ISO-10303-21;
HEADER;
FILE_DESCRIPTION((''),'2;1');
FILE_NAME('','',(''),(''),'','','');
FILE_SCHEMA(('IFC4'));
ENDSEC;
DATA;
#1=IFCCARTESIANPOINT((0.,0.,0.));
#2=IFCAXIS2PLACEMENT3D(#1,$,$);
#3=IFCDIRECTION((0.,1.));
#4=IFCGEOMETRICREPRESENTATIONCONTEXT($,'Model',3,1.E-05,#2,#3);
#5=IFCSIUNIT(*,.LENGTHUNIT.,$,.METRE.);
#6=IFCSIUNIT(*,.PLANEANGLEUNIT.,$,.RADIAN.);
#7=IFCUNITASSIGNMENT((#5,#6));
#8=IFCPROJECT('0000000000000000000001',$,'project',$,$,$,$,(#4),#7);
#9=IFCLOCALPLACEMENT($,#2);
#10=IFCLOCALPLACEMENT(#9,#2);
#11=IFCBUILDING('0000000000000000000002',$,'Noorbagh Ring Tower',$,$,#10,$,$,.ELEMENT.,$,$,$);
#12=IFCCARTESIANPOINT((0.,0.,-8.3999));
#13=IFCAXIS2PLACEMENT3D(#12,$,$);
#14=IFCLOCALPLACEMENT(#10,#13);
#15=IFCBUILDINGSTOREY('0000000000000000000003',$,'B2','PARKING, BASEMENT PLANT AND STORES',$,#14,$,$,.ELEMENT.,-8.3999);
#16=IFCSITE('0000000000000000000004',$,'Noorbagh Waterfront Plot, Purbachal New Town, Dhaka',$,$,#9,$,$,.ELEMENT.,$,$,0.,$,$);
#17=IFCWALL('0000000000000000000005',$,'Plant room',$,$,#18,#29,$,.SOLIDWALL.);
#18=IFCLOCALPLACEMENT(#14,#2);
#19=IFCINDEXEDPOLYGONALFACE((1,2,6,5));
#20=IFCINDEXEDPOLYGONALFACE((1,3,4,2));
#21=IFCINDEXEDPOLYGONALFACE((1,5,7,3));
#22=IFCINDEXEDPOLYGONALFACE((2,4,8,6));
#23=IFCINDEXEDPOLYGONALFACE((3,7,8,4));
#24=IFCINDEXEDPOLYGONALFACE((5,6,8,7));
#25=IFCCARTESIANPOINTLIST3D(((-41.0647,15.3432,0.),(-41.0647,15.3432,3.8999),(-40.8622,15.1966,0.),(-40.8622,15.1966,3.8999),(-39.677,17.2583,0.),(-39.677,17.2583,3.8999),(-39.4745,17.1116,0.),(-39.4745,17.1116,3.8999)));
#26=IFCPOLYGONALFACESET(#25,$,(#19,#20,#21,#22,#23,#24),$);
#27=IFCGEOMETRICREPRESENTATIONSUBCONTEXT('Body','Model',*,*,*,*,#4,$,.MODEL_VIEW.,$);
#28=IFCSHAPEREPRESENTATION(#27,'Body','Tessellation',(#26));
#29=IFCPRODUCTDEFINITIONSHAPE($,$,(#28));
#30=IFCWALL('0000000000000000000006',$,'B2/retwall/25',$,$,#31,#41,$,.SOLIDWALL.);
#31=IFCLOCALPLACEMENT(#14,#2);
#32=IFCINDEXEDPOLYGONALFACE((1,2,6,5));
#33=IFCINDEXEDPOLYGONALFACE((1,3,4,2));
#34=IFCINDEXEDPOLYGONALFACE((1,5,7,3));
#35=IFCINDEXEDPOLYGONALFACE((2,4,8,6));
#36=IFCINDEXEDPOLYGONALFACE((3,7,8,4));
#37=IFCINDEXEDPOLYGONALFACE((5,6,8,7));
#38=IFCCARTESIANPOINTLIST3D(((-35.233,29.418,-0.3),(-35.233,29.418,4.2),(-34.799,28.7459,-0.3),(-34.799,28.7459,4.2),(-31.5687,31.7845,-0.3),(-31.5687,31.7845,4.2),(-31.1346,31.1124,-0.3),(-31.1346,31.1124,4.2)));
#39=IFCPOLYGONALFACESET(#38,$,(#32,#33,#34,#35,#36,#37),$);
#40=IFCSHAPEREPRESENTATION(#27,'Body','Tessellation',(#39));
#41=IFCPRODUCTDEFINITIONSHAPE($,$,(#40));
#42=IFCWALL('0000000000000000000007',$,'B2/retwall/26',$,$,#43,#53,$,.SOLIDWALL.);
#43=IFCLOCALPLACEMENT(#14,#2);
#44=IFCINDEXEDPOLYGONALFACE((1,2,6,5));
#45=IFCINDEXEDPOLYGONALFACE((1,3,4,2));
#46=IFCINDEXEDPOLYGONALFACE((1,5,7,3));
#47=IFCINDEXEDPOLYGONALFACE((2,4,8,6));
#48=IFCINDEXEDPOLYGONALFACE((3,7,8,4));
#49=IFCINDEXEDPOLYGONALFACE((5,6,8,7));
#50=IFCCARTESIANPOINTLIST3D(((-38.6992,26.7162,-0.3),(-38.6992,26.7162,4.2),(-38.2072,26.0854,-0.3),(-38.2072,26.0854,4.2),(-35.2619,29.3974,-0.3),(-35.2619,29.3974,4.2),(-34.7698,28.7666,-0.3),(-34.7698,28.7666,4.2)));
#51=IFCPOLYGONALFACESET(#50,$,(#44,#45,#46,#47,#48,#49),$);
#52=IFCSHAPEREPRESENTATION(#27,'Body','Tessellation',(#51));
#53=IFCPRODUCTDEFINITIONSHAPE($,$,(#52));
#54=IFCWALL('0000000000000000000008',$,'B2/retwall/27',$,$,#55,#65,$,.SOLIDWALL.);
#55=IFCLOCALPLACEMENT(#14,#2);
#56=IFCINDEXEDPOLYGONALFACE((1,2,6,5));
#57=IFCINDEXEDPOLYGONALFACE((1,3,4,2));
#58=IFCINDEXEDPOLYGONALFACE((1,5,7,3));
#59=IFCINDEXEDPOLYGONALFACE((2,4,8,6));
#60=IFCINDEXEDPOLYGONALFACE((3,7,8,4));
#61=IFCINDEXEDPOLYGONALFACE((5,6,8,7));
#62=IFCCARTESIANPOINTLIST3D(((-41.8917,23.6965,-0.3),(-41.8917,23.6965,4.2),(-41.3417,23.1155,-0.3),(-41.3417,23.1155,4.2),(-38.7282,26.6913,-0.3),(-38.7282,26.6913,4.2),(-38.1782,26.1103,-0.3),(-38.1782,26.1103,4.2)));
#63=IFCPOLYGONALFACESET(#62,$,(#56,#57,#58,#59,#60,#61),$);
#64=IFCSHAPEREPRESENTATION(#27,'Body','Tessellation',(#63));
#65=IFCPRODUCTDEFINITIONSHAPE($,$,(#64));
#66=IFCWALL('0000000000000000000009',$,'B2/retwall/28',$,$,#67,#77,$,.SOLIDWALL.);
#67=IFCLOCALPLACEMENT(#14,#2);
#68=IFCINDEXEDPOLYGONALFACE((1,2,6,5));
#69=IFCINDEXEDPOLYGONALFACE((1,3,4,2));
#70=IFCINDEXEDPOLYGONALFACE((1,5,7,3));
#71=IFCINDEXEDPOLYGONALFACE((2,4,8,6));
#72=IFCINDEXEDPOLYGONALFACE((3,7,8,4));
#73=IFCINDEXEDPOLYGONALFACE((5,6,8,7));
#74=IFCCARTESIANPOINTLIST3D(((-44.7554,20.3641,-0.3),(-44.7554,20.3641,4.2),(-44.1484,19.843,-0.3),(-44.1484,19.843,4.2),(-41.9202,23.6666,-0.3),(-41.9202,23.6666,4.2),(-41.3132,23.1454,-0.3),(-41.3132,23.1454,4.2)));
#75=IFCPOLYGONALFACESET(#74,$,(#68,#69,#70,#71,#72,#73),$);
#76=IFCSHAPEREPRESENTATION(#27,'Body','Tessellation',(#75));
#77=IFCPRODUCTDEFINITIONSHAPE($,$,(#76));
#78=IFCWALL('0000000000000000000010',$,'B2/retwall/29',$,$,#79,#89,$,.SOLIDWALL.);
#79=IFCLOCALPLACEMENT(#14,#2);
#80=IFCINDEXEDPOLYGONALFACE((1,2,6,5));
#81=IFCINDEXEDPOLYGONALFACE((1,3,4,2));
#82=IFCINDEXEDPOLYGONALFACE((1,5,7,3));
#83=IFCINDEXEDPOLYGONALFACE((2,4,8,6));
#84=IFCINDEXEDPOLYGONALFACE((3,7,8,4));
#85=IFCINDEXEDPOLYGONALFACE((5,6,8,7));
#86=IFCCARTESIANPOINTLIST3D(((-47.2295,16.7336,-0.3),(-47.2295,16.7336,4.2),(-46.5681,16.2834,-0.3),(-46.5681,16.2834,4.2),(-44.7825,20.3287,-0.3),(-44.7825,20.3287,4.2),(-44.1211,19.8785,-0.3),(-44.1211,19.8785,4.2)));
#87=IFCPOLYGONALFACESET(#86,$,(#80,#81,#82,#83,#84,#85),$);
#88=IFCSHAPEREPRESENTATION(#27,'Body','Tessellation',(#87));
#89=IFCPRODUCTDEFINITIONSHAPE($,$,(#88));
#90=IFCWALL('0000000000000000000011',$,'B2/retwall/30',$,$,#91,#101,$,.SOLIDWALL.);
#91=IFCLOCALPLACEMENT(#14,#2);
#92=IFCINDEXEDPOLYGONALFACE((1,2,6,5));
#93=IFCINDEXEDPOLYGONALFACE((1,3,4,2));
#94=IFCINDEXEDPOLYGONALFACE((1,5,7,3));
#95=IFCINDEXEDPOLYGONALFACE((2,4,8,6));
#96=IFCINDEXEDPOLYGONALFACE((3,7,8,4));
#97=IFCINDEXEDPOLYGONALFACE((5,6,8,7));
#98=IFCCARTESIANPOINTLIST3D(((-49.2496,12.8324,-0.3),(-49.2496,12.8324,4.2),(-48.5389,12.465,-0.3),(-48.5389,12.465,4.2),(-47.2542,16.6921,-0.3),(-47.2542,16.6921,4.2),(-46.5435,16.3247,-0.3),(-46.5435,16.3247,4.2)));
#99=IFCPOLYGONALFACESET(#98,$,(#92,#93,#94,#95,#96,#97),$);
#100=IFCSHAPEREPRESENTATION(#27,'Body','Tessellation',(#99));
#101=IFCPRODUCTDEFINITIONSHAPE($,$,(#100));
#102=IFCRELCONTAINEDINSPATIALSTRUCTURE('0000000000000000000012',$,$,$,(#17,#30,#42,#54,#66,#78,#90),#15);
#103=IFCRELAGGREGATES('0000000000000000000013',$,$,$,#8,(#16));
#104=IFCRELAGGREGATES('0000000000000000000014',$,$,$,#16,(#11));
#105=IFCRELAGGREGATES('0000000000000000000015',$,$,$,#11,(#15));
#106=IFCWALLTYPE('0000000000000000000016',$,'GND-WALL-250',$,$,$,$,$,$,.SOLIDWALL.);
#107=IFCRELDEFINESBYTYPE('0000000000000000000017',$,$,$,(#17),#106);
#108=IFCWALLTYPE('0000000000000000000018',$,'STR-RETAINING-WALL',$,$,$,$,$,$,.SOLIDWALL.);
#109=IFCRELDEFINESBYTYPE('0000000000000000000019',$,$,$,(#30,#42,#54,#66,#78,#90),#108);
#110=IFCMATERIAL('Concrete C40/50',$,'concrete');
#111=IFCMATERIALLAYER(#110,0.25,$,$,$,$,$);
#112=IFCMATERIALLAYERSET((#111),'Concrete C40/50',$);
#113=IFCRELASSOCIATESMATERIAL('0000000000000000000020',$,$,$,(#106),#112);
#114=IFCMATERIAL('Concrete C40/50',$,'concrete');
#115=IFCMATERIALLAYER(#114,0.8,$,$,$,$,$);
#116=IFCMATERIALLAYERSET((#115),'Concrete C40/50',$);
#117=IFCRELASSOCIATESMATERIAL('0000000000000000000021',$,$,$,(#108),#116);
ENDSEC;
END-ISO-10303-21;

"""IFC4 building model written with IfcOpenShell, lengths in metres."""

from ifc_helpers import new_model, si_unit, direction, frame, frame_2d, origin, place, context, subcontext, project, spatial, rectangle, extrude, material, layer, layer_set, type_object, element, save


model = new_model("IFC4")

# Units and contexts
model_context = context("Model", 3, precision=1e-05, world=origin(), true_north=direction((0.0, 1.0)))
body_context = subcontext(model_context, "Body", "Model", "MODEL_VIEW")
ifc_project = project(units=[si_unit("LENGTHUNIT", "METRE"), si_unit("PLANEANGLEUNIT", "RADIAN")], contexts=[model_context])

# Site, building, storey
site_placement = place(None, origin())
site = spatial("IfcSite", under=ifc_project, at=site_placement, Name="Noorbagh Waterfront Plot, Purbachal New Town, Dhaka", CompositionType="ELEMENT", RefElevation=0.0)
building_placement = place(site_placement, origin())
building = spatial("IfcBuilding", under=site, at=building_placement, Name="Noorbagh Ring Tower", CompositionType="ELEMENT")
storey_placement = place(building_placement, frame((0.0, 0.0, -8.3999)))
storey = spatial("IfcBuildingStorey", under=building, at=storey_placement, Name="B2", Description="PARKING, BASEMENT PLANT AND STORES", CompositionType="ELEMENT", Elevation=-8.3999)

# Shared definitions
ifc_material_1 = material(Name="Concrete C40/50", Category="concrete")
ifc_layer_1 = layer(ifc_material_1, 0.25)
ifc_layer_set_1 = layer_set([ifc_layer_1], Name="Concrete C40/50")
wall_type_1 = type_object("IfcWallType", Name="GND-WALL-250", PredefinedType="SOLIDWALL", material=ifc_layer_set_1)

# Walls
wall_1_placement = place(storey_placement, frame((-39.5757, 17.1851, 0.0), z_axis=(0.0, 0.0, 1.0), x_axis=(-0.586771, -0.809753, 0.0)))
element("IfcWall", 1, at=wall_1_placement, inside=storey, type_object=wall_type_1, Name="Plant room", PredefinedType="SOLIDWALL", context=body_context, shape_type="SweptSolid", body=[
    extrude(rectangle(XDim=2.365, YDim=0.25, at=frame_2d((1.1826, 0.0))), origin(), (0.0, 0.0, 1.0), 3.8999),
])
ifc_material_2 = material(Name="Concrete C40/50", Category="concrete")
ifc_layer_2 = layer(ifc_material_2, 0.8)
ifc_layer_set_2 = layer_set([ifc_layer_2], Name="Concrete C40/50")
wall_type_2 = type_object("IfcWallType", Name="STR-RETAINING-WALL", PredefinedType="SOLIDWALL", material=ifc_layer_set_2)
wall_2_placement = place(storey_placement, frame((-31.3516, 31.4485, -0.3), z_axis=(0.0, 0.0, 1.0), x_axis=(-0.840047, -0.542513, 0.0)))
element("IfcWall", 2, at=wall_2_placement, inside=storey, type_object=wall_type_2, Name="B2/retwall/25", PredefinedType="SOLIDWALL", context=body_context, shape_type="SweptSolid", body=[
    extrude(rectangle(XDim=4.3621, YDim=0.8, at=frame_2d((2.1812, 0.0))), origin(), (0.0, 0.0, 1.0), 4.5),
])
wall_3_placement = place(storey_placement, frame((-35.0159, 29.082, -0.3), z_axis=(0.0, 0.0, 1.0), x_axis=(-0.788492, -0.615045, 0.0)))
element("IfcWall", 3, at=wall_3_placement, inside=storey, type_object=wall_type_2, Name="B2/retwall/26", PredefinedType="SOLIDWALL", context=body_context, shape_type="SweptSolid", body=[
    extrude(rectangle(XDim=4.3594, YDim=0.8, at=frame_2d((2.1797, 0.0))), origin(), (0.0, 0.0, 1.0), 4.5),
])
wall_4_placement = place(storey_placement, frame((-38.4531, 26.4009, -0.3), z_axis=(0.0, 0.0, 1.0), x_axis=(-0.726204, -0.687479, 0.0)))
element("IfcWall", 4, at=wall_4_placement, inside=storey, type_object=wall_type_2, Name="B2/retwall/27", PredefinedType="SOLIDWALL", context=body_context, shape_type="SweptSolid", body=[
    extrude(rectangle(XDim=4.3562, YDim=0.8, at=frame_2d((2.1782, 0.0))), origin(), (0.0, 0.0, 1.0), 4.5),
])
wall_5_placement = place(storey_placement, frame((-41.6167, 23.406, -0.3), z_axis=(0.0, 0.0, 1.0), x_axis=(-0.651387, -0.758746, 0.0)))
element("IfcWall", 5, at=wall_5_placement, inside=storey, type_object=wall_type_2, Name="B2/retwall/28", PredefinedType="SOLIDWALL", context=body_context, shape_type="SweptSolid", body=[
    extrude(rectangle(XDim=4.3525, YDim=0.8, at=frame_2d((2.1763, 0.0))), origin(), (0.0, 0.0, 1.0), 4.5),
])
wall_6_placement = place(storey_placement, frame((-44.4519, 20.1035, -0.3), z_axis=(0.0, 0.0, 1.0), x_axis=(-0.562668, -0.826683, 0.0)))
element("IfcWall", 6, at=wall_6_placement, inside=storey, type_object=wall_type_2, Name="B2/retwall/29", PredefinedType="SOLIDWALL", context=body_context, shape_type="SweptSolid", body=[
    extrude(rectangle(XDim=4.3489, YDim=0.8, at=frame_2d((2.1743, 0.0))), origin(), (0.0, 0.0, 1.0), 4.5),
])
wall_7_placement = place(storey_placement, frame((-46.8989, 16.5083, -0.3), z_axis=(0.0, 0.0, 1.0), x_axis=(-0.459243, -0.888311, 0.0)))
element("IfcWall", 7, at=wall_7_placement, inside=storey, type_object=wall_type_2, Name="B2/retwall/30", PredefinedType="SOLIDWALL", context=body_context, shape_type="SweptSolid", body=[
    extrude(rectangle(XDim=4.345, YDim=0.8, at=frame_2d((2.1724, 0.0))), origin(), (0.0, 0.0, 1.0), 4.5),
])

save(model, "model.ifc")
